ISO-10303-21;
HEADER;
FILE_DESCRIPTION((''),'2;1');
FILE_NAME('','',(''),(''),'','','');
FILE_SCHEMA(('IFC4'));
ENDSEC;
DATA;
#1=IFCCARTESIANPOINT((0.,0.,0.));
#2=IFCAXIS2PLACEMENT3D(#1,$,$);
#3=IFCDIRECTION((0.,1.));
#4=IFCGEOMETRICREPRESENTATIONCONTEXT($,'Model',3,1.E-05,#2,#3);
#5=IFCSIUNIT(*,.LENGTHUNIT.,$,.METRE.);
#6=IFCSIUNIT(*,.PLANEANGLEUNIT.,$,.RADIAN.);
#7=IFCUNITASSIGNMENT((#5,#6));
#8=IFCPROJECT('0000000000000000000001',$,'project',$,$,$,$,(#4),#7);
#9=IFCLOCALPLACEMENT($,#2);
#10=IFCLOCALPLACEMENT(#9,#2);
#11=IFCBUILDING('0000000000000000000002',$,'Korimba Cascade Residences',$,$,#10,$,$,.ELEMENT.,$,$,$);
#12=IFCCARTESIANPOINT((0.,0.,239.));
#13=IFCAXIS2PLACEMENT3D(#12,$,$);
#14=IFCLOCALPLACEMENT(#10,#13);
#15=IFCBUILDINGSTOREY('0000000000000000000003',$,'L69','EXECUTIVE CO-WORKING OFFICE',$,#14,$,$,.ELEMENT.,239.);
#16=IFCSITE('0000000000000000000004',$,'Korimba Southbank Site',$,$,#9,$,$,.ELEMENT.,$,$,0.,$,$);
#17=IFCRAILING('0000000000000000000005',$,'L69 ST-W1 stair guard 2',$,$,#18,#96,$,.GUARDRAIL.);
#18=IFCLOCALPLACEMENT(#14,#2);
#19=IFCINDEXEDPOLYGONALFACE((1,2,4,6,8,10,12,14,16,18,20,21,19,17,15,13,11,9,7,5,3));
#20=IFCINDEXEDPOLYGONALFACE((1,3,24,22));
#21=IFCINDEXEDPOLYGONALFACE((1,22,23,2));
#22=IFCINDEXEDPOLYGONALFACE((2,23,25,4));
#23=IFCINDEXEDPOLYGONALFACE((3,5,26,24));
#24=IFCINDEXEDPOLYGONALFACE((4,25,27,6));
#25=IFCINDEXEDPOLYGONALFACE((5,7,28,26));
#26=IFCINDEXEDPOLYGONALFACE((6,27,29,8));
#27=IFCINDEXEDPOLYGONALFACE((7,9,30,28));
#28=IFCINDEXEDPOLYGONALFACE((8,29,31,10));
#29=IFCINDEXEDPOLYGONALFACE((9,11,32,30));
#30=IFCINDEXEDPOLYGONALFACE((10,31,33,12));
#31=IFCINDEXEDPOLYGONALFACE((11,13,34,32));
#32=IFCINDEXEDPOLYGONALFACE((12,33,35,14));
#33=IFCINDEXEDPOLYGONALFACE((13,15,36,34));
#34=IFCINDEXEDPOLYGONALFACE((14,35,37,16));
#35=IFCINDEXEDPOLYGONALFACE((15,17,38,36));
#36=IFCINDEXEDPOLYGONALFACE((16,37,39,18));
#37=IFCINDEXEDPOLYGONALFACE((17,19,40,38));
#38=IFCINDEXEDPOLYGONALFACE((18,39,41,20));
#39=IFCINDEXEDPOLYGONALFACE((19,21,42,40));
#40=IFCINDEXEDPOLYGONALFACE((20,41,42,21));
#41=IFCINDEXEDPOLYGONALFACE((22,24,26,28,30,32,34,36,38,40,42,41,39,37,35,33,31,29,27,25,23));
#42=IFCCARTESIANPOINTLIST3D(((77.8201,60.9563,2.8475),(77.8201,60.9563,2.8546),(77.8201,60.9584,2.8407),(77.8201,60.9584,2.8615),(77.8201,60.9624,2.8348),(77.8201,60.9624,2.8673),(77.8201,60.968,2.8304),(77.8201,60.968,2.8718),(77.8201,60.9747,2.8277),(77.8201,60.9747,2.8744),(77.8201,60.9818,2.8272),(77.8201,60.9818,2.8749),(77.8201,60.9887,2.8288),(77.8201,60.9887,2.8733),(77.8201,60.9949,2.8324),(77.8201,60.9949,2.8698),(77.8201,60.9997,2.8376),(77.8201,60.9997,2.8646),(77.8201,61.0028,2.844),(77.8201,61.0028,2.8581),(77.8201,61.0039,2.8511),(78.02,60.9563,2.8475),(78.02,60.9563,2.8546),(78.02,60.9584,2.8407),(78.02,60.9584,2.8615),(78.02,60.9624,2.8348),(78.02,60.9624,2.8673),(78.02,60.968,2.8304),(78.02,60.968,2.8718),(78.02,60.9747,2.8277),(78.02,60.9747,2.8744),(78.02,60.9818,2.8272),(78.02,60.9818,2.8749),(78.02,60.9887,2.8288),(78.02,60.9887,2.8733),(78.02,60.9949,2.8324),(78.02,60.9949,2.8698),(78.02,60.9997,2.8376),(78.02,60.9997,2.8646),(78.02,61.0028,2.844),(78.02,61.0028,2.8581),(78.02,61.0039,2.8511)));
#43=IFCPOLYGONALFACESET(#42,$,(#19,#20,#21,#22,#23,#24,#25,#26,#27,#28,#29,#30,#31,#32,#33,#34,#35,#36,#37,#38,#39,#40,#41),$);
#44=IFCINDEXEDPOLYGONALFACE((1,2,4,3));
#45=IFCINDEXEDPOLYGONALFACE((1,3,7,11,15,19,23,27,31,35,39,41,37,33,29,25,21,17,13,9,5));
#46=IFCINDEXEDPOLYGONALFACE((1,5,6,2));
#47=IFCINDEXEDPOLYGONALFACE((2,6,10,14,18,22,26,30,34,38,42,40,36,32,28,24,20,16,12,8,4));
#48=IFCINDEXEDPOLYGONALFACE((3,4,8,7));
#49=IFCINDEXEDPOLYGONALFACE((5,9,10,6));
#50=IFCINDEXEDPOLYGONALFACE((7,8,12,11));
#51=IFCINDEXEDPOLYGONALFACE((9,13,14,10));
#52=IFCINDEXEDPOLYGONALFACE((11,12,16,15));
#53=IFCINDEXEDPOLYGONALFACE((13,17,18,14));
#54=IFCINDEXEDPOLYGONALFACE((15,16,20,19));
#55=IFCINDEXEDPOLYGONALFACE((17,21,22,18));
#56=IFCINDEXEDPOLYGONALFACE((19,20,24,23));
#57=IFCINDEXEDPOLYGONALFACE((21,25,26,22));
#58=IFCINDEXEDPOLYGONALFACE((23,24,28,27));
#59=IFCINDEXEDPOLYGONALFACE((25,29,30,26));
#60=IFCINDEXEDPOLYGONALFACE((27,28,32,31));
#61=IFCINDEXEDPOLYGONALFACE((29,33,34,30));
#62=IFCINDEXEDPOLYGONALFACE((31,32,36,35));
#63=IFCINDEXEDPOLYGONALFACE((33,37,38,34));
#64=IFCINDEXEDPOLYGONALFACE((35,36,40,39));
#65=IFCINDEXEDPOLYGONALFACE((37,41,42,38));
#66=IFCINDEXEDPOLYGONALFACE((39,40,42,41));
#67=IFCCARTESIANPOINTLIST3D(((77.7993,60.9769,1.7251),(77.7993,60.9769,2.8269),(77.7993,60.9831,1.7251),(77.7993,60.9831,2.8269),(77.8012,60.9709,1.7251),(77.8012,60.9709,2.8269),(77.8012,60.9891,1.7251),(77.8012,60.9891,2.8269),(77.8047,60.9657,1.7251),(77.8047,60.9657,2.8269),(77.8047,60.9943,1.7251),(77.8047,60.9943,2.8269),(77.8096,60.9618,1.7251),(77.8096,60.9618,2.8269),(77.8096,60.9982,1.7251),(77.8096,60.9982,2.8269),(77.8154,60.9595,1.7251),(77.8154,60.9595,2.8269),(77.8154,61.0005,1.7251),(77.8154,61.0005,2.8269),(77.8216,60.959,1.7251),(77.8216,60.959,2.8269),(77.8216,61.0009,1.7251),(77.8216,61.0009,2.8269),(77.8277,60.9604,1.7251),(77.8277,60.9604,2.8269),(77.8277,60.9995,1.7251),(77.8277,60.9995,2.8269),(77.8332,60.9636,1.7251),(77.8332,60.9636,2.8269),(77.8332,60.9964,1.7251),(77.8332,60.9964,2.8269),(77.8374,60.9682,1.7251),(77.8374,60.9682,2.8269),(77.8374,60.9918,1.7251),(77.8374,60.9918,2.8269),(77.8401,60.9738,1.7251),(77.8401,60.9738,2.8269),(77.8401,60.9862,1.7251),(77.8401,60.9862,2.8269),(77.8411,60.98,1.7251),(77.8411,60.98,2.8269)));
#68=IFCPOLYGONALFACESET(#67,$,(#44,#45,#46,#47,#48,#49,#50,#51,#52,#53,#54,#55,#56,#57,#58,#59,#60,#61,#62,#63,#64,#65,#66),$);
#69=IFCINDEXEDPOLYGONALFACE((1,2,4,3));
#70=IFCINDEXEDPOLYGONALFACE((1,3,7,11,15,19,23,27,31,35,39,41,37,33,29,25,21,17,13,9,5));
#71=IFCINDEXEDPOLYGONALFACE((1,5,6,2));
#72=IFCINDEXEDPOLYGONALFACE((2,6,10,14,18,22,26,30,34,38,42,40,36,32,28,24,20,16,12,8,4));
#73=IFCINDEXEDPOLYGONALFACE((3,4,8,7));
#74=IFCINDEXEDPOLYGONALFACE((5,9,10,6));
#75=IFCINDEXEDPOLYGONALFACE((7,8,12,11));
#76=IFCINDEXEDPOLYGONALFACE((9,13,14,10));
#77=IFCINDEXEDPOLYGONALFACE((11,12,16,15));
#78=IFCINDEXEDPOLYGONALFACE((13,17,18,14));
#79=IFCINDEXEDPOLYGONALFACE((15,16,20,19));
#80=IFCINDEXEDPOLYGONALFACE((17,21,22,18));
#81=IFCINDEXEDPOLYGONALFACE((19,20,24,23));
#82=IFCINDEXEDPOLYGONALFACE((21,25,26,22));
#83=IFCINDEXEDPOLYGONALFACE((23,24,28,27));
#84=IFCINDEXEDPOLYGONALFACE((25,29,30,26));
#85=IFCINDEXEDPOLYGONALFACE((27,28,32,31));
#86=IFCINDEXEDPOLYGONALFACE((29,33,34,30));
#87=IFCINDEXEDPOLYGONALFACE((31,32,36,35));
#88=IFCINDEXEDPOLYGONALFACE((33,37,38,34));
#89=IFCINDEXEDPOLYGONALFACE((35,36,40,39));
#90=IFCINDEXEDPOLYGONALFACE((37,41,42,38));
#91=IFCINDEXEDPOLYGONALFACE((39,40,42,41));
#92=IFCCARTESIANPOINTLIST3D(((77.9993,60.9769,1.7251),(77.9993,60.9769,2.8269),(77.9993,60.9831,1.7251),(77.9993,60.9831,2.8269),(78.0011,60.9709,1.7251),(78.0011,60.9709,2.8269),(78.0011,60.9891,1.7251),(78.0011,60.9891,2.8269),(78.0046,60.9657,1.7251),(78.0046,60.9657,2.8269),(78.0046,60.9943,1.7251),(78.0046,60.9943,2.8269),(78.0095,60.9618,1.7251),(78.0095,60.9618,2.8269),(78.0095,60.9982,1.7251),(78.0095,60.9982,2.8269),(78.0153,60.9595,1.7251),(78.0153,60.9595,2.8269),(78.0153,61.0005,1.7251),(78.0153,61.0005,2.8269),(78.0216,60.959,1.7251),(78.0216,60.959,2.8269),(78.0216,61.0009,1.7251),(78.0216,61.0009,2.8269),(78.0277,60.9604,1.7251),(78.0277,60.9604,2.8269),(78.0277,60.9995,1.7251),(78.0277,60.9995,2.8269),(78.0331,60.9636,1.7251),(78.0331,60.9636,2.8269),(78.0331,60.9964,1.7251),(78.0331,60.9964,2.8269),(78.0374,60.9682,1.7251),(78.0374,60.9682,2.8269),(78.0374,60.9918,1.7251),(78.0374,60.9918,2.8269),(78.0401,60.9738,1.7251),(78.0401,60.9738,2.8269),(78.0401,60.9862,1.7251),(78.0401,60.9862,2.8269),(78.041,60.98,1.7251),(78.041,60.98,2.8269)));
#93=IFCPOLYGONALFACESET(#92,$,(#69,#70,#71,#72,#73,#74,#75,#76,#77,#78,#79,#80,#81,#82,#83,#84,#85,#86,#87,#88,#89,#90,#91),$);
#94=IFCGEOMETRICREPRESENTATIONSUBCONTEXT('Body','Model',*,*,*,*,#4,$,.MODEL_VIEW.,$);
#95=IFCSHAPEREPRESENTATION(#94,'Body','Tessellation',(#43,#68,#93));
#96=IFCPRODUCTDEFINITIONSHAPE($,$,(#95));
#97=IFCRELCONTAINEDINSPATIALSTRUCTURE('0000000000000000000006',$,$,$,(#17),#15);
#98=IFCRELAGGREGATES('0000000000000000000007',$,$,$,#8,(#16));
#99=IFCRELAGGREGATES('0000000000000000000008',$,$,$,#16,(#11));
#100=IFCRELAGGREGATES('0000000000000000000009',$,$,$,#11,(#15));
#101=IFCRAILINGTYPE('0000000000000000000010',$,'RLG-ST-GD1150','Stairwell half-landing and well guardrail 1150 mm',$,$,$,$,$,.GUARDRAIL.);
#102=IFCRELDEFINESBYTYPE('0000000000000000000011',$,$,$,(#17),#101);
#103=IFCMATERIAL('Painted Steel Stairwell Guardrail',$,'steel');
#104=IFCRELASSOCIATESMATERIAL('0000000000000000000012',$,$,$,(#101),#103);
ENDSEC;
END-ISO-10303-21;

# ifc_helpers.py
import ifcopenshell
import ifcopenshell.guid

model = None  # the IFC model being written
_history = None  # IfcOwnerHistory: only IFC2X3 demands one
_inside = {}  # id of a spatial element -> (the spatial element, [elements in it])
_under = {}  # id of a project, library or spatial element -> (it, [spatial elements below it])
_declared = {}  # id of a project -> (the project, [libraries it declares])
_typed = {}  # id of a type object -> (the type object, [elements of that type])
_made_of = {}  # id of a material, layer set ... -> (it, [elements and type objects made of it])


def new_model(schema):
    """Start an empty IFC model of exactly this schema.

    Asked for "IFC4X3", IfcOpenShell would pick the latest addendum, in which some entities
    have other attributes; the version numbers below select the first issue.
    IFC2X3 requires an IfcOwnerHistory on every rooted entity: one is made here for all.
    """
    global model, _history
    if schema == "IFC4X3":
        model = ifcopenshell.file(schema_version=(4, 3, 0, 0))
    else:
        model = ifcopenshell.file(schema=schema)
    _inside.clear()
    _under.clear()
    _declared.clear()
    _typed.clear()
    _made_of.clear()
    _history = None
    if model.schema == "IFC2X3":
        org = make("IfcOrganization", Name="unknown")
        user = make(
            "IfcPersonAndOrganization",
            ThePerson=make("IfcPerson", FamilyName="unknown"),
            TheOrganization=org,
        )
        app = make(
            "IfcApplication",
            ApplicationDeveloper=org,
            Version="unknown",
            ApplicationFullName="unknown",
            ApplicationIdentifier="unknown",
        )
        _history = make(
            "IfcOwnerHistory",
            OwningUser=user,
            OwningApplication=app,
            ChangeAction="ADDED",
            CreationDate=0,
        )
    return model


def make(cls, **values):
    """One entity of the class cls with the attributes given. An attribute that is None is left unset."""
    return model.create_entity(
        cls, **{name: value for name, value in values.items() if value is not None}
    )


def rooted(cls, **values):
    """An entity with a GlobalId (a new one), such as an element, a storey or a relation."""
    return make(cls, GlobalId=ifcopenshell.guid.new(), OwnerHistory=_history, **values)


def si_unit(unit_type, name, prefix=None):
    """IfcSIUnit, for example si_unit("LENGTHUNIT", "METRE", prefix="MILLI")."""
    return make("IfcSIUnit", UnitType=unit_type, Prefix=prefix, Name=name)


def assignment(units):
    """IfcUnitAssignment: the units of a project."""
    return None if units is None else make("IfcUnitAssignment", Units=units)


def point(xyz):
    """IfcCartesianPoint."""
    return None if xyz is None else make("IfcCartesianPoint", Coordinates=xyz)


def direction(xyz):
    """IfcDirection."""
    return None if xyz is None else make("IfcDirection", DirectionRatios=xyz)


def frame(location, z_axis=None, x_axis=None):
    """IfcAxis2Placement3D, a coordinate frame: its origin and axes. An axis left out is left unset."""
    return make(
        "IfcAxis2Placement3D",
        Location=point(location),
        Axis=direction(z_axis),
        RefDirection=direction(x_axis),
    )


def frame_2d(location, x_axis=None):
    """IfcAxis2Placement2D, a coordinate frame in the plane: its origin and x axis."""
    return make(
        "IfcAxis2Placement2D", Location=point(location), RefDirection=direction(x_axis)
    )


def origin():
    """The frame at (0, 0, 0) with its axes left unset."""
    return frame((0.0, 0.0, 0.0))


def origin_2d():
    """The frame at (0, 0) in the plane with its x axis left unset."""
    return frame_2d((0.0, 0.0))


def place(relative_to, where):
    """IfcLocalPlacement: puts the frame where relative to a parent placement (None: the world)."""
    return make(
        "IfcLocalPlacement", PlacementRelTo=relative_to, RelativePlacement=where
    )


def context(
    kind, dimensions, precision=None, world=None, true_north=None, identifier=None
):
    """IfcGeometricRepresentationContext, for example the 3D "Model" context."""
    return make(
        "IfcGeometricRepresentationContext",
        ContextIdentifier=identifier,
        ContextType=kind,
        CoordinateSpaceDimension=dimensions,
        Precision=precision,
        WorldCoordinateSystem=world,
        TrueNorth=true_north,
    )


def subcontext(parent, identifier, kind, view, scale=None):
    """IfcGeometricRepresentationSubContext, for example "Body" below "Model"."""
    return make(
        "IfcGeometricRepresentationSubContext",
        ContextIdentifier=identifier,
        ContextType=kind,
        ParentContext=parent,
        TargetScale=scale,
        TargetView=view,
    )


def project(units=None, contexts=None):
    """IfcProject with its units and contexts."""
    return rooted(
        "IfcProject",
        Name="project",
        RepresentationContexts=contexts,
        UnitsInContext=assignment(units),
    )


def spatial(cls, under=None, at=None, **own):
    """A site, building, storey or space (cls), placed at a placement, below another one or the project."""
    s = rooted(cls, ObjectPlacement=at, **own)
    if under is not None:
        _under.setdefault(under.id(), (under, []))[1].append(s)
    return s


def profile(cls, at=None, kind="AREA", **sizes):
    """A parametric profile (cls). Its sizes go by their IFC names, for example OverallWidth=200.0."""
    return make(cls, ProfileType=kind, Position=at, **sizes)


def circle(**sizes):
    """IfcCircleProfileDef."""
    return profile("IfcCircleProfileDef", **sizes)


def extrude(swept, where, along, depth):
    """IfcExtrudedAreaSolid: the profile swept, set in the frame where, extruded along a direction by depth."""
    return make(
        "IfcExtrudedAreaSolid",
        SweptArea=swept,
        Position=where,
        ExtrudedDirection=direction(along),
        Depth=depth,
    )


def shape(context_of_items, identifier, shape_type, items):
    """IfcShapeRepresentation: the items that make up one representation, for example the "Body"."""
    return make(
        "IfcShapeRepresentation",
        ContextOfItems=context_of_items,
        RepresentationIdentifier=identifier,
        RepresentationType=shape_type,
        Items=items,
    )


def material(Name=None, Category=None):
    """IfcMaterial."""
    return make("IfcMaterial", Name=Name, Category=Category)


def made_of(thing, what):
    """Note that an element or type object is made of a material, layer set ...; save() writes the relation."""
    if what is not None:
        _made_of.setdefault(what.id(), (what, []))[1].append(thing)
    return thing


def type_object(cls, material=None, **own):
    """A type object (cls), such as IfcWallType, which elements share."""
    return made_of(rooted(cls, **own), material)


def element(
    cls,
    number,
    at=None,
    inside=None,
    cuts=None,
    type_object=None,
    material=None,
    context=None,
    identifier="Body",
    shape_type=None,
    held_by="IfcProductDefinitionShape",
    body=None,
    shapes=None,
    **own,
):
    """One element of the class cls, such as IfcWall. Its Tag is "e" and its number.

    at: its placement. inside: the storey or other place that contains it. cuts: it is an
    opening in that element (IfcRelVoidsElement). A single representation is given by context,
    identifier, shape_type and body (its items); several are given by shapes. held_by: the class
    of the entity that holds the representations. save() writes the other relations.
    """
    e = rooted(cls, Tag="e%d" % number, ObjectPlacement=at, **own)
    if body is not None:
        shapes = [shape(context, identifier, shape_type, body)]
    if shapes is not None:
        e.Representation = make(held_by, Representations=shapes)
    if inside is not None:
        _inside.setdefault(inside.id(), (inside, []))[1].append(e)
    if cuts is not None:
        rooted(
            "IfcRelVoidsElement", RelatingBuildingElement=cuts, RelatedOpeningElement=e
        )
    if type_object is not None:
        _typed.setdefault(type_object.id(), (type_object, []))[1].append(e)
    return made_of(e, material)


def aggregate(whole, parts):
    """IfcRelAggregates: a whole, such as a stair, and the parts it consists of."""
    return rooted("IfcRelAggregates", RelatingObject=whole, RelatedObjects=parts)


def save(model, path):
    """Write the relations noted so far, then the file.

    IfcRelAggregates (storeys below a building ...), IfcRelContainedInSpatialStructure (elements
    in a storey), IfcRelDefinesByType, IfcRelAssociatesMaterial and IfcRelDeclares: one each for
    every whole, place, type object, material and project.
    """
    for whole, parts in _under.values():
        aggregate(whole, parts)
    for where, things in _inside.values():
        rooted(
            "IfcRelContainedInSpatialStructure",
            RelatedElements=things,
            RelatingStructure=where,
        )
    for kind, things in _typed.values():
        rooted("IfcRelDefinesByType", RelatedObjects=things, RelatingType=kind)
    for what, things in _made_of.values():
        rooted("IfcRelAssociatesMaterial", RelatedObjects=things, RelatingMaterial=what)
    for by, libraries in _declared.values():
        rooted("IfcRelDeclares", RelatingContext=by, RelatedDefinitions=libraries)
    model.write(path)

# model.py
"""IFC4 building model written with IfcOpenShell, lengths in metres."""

from ifc_helpers import new_model, si_unit, direction, frame, origin, origin_2d, place, context, subcontext, project, spatial, circle, extrude, material, type_object, element, save


model = new_model("IFC4")

# Units and contexts
model_context = context("Model", 3, precision=1e-05, world=origin(), true_north=direction((0.0, 1.0)))
body_context = subcontext(model_context, "Body", "Model", "MODEL_VIEW")
ifc_project = project(units=[si_unit("LENGTHUNIT", "METRE"), si_unit("PLANEANGLEUNIT", "RADIAN")], contexts=[model_context])

# Site, building, storey
site_placement = place(None, origin())
site = spatial("IfcSite", under=ifc_project, at=site_placement, Name="Korimba Southbank Site", CompositionType="ELEMENT", RefElevation=0.0)
building_placement = place(site_placement, origin())
building = spatial("IfcBuilding", under=site, at=building_placement, Name="Korimba Cascade Residences", CompositionType="ELEMENT")
storey_placement = place(building_placement, frame((0.0, 0.0, 239.0)))
storey = spatial("IfcBuildingStorey", under=building, at=storey_placement, Name="L69", Description="EXECUTIVE CO-WORKING OFFICE", CompositionType="ELEMENT", Elevation=239.0)

# Railing
ifc_material_1 = material(Name="Painted Steel Stairwell Guardrail", Category="steel")
railing_type_1 = type_object("IfcRailingType", Name="RLG-ST-GD1150", Description="Stairwell half-landing and well guardrail 1150 mm", PredefinedType="GUARDRAIL", material=ifc_material_1)
railing_1_placement = place(storey_placement, frame((77.8201, 60.98, 1.7251)))
element("IfcRailing", 1, at=railing_1_placement, inside=storey, type_object=railing_type_1, Name="L69 ST-W1 stair guard 2", PredefinedType="GUARDRAIL", context=body_context, shape_type="SweptSolid", body=[
    extrude(circle(Radius=0.0239, at=origin_2d()), frame((0.0, 0.0, 1.126), z_axis=(1.0, 0.0, 0.0), x_axis=(0.0, 1.0, 0.0)), (0.0, 0.0, 1.0), 0.2),
    extrude(circle(Radius=0.021, at=origin_2d()), origin(), (0.0, 0.0, 1.0), 1.1018),
    extrude(circle(Radius=0.021, at=origin_2d()), frame((0.2, 0.0, 0.0)), (0.0, 0.0, 1.0), 1.1018),
])

save(model, "model.ifc")
